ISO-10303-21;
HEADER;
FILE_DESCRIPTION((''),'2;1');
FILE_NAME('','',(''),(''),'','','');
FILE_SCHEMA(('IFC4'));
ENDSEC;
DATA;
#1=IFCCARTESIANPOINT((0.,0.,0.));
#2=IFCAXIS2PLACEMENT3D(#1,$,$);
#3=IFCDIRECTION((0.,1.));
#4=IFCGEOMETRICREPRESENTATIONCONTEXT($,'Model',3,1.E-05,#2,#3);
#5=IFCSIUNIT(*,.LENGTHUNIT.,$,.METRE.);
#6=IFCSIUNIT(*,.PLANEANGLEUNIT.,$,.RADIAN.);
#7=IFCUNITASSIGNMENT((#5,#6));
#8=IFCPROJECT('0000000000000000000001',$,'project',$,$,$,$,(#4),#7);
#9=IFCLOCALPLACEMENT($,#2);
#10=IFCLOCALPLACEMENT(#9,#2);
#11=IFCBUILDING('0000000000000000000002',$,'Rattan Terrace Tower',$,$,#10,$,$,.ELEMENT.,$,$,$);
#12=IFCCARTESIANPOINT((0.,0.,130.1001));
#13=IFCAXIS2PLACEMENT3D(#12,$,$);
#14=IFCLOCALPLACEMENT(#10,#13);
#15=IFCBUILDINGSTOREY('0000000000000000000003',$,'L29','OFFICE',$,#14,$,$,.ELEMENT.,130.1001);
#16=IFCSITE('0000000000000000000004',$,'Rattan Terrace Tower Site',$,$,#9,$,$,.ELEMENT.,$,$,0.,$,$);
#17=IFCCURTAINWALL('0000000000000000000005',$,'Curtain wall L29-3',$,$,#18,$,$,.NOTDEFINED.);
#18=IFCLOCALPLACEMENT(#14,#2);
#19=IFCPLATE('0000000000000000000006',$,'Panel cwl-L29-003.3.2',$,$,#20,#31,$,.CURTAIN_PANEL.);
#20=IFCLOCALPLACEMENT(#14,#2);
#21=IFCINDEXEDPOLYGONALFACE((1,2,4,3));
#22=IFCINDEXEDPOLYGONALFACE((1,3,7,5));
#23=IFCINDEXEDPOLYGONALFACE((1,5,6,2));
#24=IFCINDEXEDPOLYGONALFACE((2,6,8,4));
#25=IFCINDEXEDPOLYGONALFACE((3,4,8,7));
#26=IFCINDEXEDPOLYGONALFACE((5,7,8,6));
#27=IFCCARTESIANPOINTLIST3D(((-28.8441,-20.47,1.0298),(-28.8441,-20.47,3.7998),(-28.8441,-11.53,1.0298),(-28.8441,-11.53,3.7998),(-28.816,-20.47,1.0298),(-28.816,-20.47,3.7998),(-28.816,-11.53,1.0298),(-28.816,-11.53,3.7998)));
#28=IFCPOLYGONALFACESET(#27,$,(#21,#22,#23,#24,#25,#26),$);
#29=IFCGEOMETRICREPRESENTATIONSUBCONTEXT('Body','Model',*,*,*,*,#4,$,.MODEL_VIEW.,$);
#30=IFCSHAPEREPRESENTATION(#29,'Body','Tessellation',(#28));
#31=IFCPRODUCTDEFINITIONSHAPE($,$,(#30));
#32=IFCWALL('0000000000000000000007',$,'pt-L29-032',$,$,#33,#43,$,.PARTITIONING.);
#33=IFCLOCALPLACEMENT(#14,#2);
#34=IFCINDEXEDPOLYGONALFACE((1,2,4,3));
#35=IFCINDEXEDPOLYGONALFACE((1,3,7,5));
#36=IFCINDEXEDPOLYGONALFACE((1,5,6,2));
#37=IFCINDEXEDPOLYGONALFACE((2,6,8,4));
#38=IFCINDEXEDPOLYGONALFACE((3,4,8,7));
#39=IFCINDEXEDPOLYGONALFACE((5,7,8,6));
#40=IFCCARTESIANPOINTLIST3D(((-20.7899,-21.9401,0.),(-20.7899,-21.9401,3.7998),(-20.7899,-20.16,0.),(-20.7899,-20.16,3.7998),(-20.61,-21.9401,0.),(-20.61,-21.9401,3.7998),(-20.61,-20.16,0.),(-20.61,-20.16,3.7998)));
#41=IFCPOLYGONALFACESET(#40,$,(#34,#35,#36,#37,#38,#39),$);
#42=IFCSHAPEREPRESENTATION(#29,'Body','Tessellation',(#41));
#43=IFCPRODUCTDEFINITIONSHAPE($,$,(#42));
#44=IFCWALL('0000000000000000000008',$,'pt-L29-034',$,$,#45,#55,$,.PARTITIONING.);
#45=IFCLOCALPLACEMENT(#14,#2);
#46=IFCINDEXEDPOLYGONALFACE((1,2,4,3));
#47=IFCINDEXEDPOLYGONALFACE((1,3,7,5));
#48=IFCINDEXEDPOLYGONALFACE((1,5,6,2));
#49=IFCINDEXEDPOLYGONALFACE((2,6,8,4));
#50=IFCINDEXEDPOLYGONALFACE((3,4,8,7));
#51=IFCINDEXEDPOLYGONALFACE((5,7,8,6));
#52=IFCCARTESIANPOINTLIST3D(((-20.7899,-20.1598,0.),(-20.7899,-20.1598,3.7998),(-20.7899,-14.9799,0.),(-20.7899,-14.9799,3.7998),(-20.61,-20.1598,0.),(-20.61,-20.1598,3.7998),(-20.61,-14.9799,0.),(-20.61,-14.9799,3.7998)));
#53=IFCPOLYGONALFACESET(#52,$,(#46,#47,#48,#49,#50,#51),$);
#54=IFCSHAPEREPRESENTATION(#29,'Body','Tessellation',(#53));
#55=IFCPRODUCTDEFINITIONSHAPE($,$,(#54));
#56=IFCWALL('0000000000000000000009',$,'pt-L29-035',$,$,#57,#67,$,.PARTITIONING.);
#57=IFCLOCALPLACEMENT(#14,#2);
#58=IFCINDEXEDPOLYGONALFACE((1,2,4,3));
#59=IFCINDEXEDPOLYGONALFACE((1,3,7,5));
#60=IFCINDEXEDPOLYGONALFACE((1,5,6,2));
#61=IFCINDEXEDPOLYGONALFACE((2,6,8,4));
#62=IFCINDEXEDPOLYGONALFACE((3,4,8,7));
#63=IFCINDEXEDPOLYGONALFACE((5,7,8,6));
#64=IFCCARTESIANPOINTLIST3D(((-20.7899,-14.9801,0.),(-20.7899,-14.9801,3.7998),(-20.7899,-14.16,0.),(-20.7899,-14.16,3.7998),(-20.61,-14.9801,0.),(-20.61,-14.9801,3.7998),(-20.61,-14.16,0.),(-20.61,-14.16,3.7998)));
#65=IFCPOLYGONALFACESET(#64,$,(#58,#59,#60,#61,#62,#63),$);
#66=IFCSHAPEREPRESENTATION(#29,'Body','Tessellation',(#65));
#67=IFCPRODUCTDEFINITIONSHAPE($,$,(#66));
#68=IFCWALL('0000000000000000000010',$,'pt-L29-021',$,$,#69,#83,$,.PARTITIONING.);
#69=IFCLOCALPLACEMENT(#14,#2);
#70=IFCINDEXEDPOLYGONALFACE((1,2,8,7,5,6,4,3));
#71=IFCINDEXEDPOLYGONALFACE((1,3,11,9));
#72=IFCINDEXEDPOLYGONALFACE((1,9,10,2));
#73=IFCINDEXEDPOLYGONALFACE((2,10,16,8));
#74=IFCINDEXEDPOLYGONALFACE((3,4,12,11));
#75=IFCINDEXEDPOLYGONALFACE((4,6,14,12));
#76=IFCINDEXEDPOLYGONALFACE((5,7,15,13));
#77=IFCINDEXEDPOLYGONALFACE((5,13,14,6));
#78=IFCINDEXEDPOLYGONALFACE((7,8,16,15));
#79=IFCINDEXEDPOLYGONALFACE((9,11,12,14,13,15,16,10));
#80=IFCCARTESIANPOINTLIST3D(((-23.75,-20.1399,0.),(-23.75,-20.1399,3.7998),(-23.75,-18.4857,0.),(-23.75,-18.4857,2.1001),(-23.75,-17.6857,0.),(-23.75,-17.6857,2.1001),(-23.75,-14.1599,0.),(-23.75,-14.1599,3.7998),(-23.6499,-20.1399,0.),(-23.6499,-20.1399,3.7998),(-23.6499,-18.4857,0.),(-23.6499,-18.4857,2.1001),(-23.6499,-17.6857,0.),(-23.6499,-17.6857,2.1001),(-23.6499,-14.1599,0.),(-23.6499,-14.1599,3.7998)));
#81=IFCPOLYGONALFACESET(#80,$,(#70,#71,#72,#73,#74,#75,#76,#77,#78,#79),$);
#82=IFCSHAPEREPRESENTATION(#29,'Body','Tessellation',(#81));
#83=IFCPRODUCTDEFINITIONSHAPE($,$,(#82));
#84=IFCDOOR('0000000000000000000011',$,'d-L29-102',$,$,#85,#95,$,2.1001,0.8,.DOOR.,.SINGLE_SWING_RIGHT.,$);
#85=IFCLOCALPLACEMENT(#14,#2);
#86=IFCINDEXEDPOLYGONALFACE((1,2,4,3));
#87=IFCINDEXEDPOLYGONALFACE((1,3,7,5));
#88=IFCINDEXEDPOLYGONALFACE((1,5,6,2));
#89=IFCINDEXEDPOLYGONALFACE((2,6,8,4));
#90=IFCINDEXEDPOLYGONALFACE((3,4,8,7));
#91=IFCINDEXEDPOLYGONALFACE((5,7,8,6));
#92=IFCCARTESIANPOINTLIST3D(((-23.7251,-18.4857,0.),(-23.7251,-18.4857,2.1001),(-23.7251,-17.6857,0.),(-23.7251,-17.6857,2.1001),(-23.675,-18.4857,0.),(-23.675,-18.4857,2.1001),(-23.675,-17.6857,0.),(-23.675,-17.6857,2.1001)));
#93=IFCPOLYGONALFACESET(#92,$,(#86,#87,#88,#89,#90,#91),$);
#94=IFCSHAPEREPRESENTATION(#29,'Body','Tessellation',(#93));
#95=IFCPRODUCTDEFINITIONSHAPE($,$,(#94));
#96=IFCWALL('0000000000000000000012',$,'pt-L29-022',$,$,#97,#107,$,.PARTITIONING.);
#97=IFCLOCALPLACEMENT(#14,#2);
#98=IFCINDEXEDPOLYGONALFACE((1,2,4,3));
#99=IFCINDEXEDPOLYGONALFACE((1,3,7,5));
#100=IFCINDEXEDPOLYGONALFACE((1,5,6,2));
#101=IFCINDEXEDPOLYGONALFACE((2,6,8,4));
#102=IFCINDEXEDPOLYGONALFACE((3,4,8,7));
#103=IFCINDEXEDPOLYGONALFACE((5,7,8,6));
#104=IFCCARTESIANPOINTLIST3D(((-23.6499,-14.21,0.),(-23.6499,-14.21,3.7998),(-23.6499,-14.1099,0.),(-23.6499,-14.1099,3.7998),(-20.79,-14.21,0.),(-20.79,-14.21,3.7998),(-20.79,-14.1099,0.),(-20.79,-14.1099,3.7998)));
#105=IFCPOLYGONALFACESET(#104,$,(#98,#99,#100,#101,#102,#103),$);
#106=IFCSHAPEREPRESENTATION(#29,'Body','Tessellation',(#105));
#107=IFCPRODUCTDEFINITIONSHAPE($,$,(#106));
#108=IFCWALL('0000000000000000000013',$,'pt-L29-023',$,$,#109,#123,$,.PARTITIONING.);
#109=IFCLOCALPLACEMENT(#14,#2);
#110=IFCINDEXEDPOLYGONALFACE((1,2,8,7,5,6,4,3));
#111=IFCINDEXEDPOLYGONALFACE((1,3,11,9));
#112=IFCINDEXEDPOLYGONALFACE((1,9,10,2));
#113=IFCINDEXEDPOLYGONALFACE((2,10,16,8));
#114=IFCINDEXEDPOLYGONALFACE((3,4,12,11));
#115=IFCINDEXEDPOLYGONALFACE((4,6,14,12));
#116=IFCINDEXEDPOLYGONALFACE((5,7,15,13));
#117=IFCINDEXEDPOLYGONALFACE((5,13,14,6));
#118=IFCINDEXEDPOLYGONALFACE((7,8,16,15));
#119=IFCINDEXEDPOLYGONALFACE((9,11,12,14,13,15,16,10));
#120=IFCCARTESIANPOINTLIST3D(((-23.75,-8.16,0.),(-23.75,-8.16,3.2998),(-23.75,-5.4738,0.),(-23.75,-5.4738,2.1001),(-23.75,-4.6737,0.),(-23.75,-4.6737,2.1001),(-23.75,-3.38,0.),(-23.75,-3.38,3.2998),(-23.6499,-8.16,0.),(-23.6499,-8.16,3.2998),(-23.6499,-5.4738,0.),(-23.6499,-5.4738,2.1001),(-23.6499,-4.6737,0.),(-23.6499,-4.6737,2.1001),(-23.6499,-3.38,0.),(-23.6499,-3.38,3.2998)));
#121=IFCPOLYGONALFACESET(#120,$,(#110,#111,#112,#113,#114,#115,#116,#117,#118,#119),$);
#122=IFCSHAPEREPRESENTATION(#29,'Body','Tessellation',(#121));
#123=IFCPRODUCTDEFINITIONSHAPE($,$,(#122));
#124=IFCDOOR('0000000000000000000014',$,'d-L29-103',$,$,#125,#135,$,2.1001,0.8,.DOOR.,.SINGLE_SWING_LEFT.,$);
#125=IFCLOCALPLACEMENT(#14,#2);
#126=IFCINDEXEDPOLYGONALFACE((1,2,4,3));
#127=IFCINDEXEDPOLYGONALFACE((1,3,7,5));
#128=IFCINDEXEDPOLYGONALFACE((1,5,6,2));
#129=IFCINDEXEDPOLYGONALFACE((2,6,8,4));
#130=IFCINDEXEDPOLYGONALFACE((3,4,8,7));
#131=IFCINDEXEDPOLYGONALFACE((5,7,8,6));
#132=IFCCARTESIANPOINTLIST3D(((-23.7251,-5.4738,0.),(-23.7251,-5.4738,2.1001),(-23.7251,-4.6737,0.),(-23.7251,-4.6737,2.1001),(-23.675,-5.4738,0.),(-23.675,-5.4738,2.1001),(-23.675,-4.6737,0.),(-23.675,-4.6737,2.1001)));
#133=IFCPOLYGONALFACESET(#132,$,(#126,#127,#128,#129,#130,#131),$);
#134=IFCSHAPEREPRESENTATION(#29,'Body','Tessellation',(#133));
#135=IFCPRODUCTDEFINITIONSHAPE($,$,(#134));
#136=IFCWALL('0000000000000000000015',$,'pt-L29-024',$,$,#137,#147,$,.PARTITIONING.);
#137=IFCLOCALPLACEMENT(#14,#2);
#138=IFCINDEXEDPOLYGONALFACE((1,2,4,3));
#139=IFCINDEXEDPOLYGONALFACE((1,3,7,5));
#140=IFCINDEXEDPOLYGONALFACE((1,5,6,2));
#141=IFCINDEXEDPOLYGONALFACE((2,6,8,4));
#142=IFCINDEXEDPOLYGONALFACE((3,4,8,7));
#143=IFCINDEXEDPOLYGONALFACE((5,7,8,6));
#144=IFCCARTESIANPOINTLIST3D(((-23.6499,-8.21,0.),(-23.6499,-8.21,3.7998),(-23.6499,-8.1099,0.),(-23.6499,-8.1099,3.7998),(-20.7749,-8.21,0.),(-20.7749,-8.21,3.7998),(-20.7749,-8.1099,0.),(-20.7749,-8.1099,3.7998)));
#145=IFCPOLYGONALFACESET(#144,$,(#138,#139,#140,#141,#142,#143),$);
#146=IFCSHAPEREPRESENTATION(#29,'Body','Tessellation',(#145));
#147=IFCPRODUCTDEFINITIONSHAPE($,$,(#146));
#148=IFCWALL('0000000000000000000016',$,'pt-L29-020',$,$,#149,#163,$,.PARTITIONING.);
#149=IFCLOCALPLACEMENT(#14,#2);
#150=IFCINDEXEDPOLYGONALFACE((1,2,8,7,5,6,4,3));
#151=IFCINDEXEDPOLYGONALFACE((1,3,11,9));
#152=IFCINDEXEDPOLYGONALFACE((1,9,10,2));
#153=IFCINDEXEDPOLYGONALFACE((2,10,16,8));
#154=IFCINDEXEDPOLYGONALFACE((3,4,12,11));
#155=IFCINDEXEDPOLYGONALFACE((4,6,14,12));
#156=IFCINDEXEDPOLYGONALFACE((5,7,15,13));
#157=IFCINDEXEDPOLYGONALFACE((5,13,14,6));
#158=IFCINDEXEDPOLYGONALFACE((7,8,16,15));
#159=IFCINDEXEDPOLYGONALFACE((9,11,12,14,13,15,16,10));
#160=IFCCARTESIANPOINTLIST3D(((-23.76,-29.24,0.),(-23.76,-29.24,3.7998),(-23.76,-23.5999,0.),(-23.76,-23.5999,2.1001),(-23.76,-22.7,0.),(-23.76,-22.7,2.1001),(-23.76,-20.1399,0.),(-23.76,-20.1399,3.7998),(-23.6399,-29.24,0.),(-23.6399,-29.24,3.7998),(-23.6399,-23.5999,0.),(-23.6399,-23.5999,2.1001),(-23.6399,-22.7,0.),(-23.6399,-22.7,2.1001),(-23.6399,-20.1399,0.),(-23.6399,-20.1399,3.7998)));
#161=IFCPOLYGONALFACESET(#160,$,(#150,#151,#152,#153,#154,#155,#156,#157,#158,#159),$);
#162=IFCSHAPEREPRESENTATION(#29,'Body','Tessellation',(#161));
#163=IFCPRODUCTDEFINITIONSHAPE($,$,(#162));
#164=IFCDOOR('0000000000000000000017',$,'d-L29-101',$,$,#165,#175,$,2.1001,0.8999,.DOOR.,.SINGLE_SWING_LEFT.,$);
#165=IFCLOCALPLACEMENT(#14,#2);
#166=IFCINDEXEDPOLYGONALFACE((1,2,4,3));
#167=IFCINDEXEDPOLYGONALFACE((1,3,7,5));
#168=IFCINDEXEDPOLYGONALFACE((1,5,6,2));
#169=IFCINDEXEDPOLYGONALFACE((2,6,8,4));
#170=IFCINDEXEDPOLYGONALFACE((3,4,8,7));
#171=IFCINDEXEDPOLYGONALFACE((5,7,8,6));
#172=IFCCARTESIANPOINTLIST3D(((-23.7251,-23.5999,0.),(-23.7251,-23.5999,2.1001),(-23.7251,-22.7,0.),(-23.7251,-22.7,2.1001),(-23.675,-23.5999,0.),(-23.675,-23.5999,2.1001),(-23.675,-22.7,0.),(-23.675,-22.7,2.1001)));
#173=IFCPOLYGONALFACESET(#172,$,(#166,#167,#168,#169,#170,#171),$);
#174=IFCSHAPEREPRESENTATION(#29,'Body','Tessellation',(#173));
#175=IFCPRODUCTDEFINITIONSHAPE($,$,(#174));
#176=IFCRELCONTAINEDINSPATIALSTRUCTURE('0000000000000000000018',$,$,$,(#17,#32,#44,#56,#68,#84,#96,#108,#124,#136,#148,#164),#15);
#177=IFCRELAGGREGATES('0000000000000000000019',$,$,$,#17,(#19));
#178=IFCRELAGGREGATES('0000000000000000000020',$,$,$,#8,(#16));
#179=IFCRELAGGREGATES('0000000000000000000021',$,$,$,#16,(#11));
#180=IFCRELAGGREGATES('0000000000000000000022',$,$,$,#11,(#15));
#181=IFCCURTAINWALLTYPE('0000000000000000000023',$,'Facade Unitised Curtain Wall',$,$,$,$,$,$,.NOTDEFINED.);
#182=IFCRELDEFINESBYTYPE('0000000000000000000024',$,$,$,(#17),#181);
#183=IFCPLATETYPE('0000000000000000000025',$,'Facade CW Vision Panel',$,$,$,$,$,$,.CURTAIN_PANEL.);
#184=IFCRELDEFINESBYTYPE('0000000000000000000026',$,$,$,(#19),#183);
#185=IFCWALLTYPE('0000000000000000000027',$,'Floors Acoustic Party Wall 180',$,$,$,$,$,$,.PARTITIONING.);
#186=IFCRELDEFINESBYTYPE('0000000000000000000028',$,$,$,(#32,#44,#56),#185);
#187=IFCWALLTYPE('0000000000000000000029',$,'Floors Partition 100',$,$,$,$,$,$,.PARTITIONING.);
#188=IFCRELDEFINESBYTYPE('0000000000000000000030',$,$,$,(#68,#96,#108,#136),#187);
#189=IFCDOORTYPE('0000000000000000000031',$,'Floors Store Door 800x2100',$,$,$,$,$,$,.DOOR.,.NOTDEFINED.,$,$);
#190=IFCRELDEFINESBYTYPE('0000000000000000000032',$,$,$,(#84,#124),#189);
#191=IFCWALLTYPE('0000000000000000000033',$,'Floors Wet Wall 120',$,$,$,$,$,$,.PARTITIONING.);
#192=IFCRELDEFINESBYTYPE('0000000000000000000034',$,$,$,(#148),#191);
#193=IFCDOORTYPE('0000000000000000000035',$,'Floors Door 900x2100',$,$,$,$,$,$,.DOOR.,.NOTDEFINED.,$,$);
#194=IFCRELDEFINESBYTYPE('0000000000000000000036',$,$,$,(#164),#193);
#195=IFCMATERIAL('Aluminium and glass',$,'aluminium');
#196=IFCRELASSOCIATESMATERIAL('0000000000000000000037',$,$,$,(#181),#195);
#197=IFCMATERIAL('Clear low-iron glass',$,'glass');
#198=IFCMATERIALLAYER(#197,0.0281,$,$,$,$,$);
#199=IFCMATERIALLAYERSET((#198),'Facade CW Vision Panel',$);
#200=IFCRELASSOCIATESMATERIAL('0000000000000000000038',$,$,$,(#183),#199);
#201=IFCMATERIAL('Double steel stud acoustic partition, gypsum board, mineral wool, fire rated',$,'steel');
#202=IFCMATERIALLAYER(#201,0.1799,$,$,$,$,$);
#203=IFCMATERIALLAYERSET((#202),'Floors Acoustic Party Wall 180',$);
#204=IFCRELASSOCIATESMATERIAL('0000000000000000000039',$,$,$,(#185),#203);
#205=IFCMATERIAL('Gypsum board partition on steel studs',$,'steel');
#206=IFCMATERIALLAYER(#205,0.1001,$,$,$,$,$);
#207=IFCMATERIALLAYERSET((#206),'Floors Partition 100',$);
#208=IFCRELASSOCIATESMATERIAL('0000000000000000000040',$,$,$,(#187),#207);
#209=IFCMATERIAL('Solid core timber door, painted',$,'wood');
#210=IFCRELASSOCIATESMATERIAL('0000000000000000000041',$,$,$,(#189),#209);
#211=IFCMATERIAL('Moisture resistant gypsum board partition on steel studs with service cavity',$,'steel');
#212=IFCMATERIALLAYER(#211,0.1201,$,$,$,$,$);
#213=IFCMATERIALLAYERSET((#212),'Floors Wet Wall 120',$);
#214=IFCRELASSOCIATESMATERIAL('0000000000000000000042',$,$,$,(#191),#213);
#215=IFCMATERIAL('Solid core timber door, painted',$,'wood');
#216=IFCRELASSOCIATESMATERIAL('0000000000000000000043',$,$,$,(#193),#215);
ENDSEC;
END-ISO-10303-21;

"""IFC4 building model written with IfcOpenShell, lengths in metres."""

from ifc_helpers import new_model, si_unit, direction, frame, frame_2d, origin, origin_2d, place, context, subcontext, project, spatial, rectangle, extrude, material, layer, layer_set, type_object, element, fill, aggregate, save


model = new_model("IFC4")

# Units and contexts
model_context = context("Model", 3, precision=1e-05, world=origin(), true_north=direction((0.0, 1.0)))
body_context = subcontext(model_context, "Body", "Model", "MODEL_VIEW")
ifc_project = project(units=[si_unit("LENGTHUNIT", "METRE"), si_unit("PLANEANGLEUNIT", "RADIAN")], contexts=[model_context])

# Site, building, storey
site_placement = place(None, origin())
site = spatial("IfcSite", under=ifc_project, at=site_placement, Name="Rattan Terrace Tower Site", CompositionType="ELEMENT", RefElevation=0.0)
building_placement = place(site_placement, origin())
building = spatial("IfcBuilding", under=site, at=building_placement, Name="Rattan Terrace Tower", CompositionType="ELEMENT")
storey_placement = place(building_placement, frame((0.0, 0.0, 130.1001)))
storey = spatial("IfcBuildingStorey", under=building, at=storey_placement, Name="L29", Description="OFFICE", CompositionType="ELEMENT", Elevation=130.1001)

# Curtain wall
ifc_material_1 = material(Name="Aluminium and glass", Category="aluminium")
curtain_wall_type = type_object("IfcCurtainWallType", Name="Facade Unitised Curtain Wall", PredefinedType="NOTDEFINED", material=ifc_material_1)
curtain_wall_placement = place(storey_placement, origin())
curtain_wall = element("IfcCurtainWall", 1, at=curtain_wall_placement, inside=storey, type_object=curtain_wall_type, Name="Curtain wall L29-3", PredefinedType="NOTDEFINED")

# Plate
ifc_material_2 = material(Name="Clear low-iron glass", Category="glass")
ifc_layer_1 = layer(ifc_material_2, 0.0281)
ifc_layer_set_1 = layer_set([ifc_layer_1], Name="Facade CW Vision Panel")
plate_type_1 = type_object("IfcPlateType", Name="Facade CW Vision Panel", PredefinedType="CURTAIN_PANEL", material=ifc_layer_set_1)
plate_1_placement = place(storey_placement, frame((-28.8301, -16.0, 1.0298), z_axis=(0.0, 0.0, 1.0), x_axis=(0.0, -1.0, 0.0)))
plate_1 = element("IfcPlate", 2, at=plate_1_placement, type_object=plate_type_1, Name="Panel cwl-L29-003.3.2", PredefinedType="CURTAIN_PANEL", context=body_context, shape_type="SweptSolid", body=[
    extrude(rectangle(XDim=8.9399, YDim=0.0281, at=origin_2d()), origin(), (0.0, 0.0, 1.0), 2.77),
])
aggregate(curtain_wall, [plate_1])

# Walls
ifc_material_3 = material(Name="Double steel stud acoustic partition, gypsum board, mineral wool, fire rated", Category="steel")
ifc_layer_2 = layer(ifc_material_3, 0.1799)
ifc_layer_set_2 = layer_set([ifc_layer_2], Name="Floors Acoustic Party Wall 180")
wall_type_1 = type_object("IfcWallType", Name="Floors Acoustic Party Wall 180", PredefinedType="PARTITIONING", material=ifc_layer_set_2)
wall_1_placement = place(storey_placement, frame((-20.7, -20.1599, 0.0), z_axis=(0.0, 0.0, 1.0), x_axis=(0.0, -1.0, 0.0)))
element("IfcWall", 3, at=wall_1_placement, inside=storey, type_object=wall_type_1, Name="pt-L29-032", PredefinedType="PARTITIONING", context=body_context, shape_type="SweptSolid", body=[
    extrude(rectangle(XDim=1.78, YDim=0.1799, at=frame_2d((0.8901, 0.0))), origin(), (0.0, 0.0, 1.0), 3.7998),
])
wall_2_placement = place(storey_placement, frame((-20.7, -14.98, 0.0), z_axis=(0.0, 0.0, 1.0), x_axis=(0.0, -1.0, 0.0)))
element("IfcWall", 4, at=wall_2_placement, inside=storey, type_object=wall_type_1, Name="pt-L29-034", PredefinedType="PARTITIONING", context=body_context, shape_type="SweptSolid", body=[
    extrude(rectangle(XDim=5.1799, YDim=0.1799, at=frame_2d((2.5898, 0.0))), origin(), (0.0, 0.0, 1.0), 3.7998),
])
wall_3_placement = place(storey_placement, frame((-20.7, -14.1599, 0.0), z_axis=(0.0, 0.0, 1.0), x_axis=(0.0, -1.0, 0.0)))
element("IfcWall", 5, at=wall_3_placement, inside=storey, type_object=wall_type_1, Name="pt-L29-035", PredefinedType="PARTITIONING", context=body_context, shape_type="SweptSolid", body=[
    extrude(rectangle(XDim=0.8201, YDim=0.1799, at=frame_2d((0.4102, 0.0))), origin(), (0.0, 0.0, 1.0), 3.7998),
])

# Wall, opening, door
ifc_material_4 = material(Name="Gypsum board partition on steel studs", Category="steel")
ifc_layer_3 = layer(ifc_material_4, 0.1001)
ifc_layer_set_3 = layer_set([ifc_layer_3], Name="Floors Partition 100")
wall_type_2 = type_object("IfcWallType", Name="Floors Partition 100", PredefinedType="PARTITIONING", material=ifc_layer_set_3)
wall_4_placement = place(storey_placement, frame((-23.7, -14.1599, 0.0), z_axis=(0.0, 0.0, 1.0), x_axis=(0.0, -1.0, 0.0)))
wall_4 = element("IfcWall", 6, at=wall_4_placement, inside=storey, type_object=wall_type_2, Name="pt-L29-021", PredefinedType="PARTITIONING", context=body_context, shape_type="SweptSolid", body=[
    extrude(rectangle(XDim=5.98, YDim=0.1001, at=frame_2d((2.99, 0.0))), origin(), (0.0, 0.0, 1.0), 3.7998),
])
opening_1_placement = place(wall_4_placement, frame((3.5259, 0.0, 0.0)))
opening_1 = element("IfcOpeningElement", 7, at=opening_1_placement, cuts=wall_4, PredefinedType="OPENING", context=body_context, shape_type="SweptSolid", body=[
    extrude(rectangle(XDim=0.8, YDim=2.1001, at=frame_2d((0.3999, 1.05))), frame((0.0, 0.0605, 0.0), z_axis=(0.0, -1.0, 0.0), x_axis=(1.0, 0.0, 0.0)), (0.0, 0.0, 1.0), 0.1211),
])
ifc_material_5 = material(Name="Solid core timber door, painted", Category="wood")
door_type_1 = type_object("IfcDoorType", Name="Floors Store Door 800x2100", OperationType="NOTDEFINED", PredefinedType="DOOR", material=ifc_material_5)
door_1_placement = place(opening_1_placement, origin())
door_1 = element("IfcDoor", 8, at=door_1_placement, inside=storey, type_object=door_type_1, Name="d-L29-102", OperationType="SINGLE_SWING_RIGHT", OverallHeight=2.1001, OverallWidth=0.8, PredefinedType="DOOR", context=body_context, shape_type="SweptSolid", body=[
    extrude(rectangle(XDim=0.8, YDim=2.1001, at=frame_2d((0.3999, 1.05))), frame((0.0, 0.0249, 0.0), z_axis=(0.0, -1.0, 0.0), x_axis=(1.0, 0.0, 0.0)), (0.0, 0.0, 1.0), 0.05),
])
fill(opening_1, door_1)

# Wall
wall_5_placement = place(storey_placement, frame((-20.79, -14.1599, 0.0), z_axis=(0.0, 0.0, 1.0), x_axis=(-1.0, 0.0, 0.0)))
element("IfcWall", 9, at=wall_5_placement, inside=storey, type_object=wall_type_2, Name="pt-L29-022", PredefinedType="PARTITIONING", context=body_context, shape_type="SweptSolid", body=[
    extrude(rectangle(XDim=2.8599, YDim=0.1001, at=frame_2d((1.4299, 0.0))), origin(), (0.0, 0.0, 1.0), 3.7998),
])

# Wall, opening, door
wall_6_placement = place(storey_placement, frame((-23.7, -3.3799, 0.0), z_axis=(0.0, 0.0, 1.0), x_axis=(0.0, -1.0, 0.0)))
wall_6 = element("IfcWall", 10, at=wall_6_placement, inside=storey, type_object=wall_type_2, Name="pt-L29-023", PredefinedType="PARTITIONING", context=body_context, shape_type="SweptSolid", body=[
    extrude(rectangle(XDim=4.78, YDim=0.1001, at=frame_2d((2.3901, 0.0))), origin(), (0.0, 0.0, 1.0), 3.2998),
])
opening_2_placement = place(wall_6_placement, frame((1.2939, 0.0, 0.0)))
opening_2 = element("IfcOpeningElement", 11, at=opening_2_placement, cuts=wall_6, PredefinedType="OPENING", context=body_context, shape_type="SweptSolid", body=[
    extrude(rectangle(XDim=0.8, YDim=2.1001, at=frame_2d((0.3999, 1.05))), frame((0.0, 0.0605, 0.0), z_axis=(0.0, -1.0, 0.0), x_axis=(1.0, 0.0, 0.0)), (0.0, 0.0, 1.0), 0.1211),
])
door_2_placement = place(opening_2_placement, origin())
door_2 = element("IfcDoor", 12, at=door_2_placement, inside=storey, type_object=door_type_1, Name="d-L29-103", OperationType="SINGLE_SWING_LEFT", OverallHeight=2.1001, OverallWidth=0.8, PredefinedType="DOOR", context=body_context, shape_type="SweptSolid", body=[
    extrude(rectangle(XDim=0.8, YDim=2.1001, at=frame_2d((0.3999, 1.05))), frame((0.0, 0.0249, 0.0), z_axis=(0.0, -1.0, 0.0), x_axis=(1.0, 0.0, 0.0)), (0.0, 0.0, 1.0), 0.05),
])
fill(opening_2, door_2)

# Wall
wall_7_placement = place(storey_placement, frame((-23.6499, -8.1599, 0.0), z_axis=(0.0, 0.0, 1.0), x_axis=(1.0, 0.0, 0.0)))
element("IfcWall", 13, at=wall_7_placement, inside=storey, type_object=wall_type_2, Name="pt-L29-024", PredefinedType="PARTITIONING", context=body_context, shape_type="SweptSolid", body=[
    extrude(rectangle(XDim=2.875, YDim=0.1001, at=frame_2d((1.4375, 0.0))), origin(), (0.0, 0.0, 1.0), 3.7998),
])

# Wall, opening, door
ifc_material_6 = material(Name="Moisture resistant gypsum board partition on steel studs with service cavity", Category="steel")
ifc_layer_4 = layer(ifc_material_6, 0.1201)
ifc_layer_set_4 = layer_set([ifc_layer_4], Name="Floors Wet Wall 120")
wall_type_3 = type_object("IfcWallType", Name="Floors Wet Wall 120", PredefinedType="PARTITIONING", material=ifc_layer_set_4)
wall_8_placement = place(storey_placement, frame((-23.7, -20.1399, 0.0), z_axis=(0.0, 0.0, 1.0), x_axis=(0.0, -1.0, 0.0)))
wall_8 = element("IfcWall", 14, at=wall_8_placement, inside=storey, type_object=wall_type_3, Name="pt-L29-020", PredefinedType="PARTITIONING", context=body_context, shape_type="SweptSolid", body=[
    extrude(rectangle(XDim=9.1001, YDim=0.1201, at=frame_2d((4.55, 0.0))), origin(), (0.0, 0.0, 1.0), 3.7998),
])
opening_3_placement = place(wall_8_placement, frame((2.5601, 0.0, 0.0)))
opening_3 = element("IfcOpeningElement", 15, at=opening_3_placement, cuts=wall_8, PredefinedType="OPENING", context=body_context, shape_type="SweptSolid", body=[
    extrude(rectangle(XDim=0.8999, YDim=2.1001, at=frame_2d((0.45, 1.05))), frame((0.0, 0.0706, 0.0), z_axis=(0.0, -1.0, 0.0), x_axis=(1.0, 0.0, 0.0)), (0.0, 0.0, 1.0), 0.1411),
])
ifc_material_7 = material(Name="Solid core timber door, painted", Category="wood")
door_type_2 = type_object("IfcDoorType", Name="Floors Door 900x2100", OperationType="NOTDEFINED", PredefinedType="DOOR", material=ifc_material_7)
door_3_placement = place(opening_3_placement, origin())
door_3 = element("IfcDoor", 16, at=door_3_placement, inside=storey, type_object=door_type_2, Name="d-L29-101", OperationType="SINGLE_SWING_LEFT", OverallHeight=2.1001, OverallWidth=0.8999, PredefinedType="DOOR", context=body_context, shape_type="SweptSolid", body=[
    extrude(rectangle(XDim=0.8999, YDim=2.1001, at=frame_2d((0.45, 1.05))), frame((0.0, 0.0249, 0.0), z_axis=(0.0, -1.0, 0.0), x_axis=(1.0, 0.0, 0.0)), (0.0, 0.0, 1.0), 0.05),
])
fill(opening_3, door_3)

save(model, "model.ifc")
